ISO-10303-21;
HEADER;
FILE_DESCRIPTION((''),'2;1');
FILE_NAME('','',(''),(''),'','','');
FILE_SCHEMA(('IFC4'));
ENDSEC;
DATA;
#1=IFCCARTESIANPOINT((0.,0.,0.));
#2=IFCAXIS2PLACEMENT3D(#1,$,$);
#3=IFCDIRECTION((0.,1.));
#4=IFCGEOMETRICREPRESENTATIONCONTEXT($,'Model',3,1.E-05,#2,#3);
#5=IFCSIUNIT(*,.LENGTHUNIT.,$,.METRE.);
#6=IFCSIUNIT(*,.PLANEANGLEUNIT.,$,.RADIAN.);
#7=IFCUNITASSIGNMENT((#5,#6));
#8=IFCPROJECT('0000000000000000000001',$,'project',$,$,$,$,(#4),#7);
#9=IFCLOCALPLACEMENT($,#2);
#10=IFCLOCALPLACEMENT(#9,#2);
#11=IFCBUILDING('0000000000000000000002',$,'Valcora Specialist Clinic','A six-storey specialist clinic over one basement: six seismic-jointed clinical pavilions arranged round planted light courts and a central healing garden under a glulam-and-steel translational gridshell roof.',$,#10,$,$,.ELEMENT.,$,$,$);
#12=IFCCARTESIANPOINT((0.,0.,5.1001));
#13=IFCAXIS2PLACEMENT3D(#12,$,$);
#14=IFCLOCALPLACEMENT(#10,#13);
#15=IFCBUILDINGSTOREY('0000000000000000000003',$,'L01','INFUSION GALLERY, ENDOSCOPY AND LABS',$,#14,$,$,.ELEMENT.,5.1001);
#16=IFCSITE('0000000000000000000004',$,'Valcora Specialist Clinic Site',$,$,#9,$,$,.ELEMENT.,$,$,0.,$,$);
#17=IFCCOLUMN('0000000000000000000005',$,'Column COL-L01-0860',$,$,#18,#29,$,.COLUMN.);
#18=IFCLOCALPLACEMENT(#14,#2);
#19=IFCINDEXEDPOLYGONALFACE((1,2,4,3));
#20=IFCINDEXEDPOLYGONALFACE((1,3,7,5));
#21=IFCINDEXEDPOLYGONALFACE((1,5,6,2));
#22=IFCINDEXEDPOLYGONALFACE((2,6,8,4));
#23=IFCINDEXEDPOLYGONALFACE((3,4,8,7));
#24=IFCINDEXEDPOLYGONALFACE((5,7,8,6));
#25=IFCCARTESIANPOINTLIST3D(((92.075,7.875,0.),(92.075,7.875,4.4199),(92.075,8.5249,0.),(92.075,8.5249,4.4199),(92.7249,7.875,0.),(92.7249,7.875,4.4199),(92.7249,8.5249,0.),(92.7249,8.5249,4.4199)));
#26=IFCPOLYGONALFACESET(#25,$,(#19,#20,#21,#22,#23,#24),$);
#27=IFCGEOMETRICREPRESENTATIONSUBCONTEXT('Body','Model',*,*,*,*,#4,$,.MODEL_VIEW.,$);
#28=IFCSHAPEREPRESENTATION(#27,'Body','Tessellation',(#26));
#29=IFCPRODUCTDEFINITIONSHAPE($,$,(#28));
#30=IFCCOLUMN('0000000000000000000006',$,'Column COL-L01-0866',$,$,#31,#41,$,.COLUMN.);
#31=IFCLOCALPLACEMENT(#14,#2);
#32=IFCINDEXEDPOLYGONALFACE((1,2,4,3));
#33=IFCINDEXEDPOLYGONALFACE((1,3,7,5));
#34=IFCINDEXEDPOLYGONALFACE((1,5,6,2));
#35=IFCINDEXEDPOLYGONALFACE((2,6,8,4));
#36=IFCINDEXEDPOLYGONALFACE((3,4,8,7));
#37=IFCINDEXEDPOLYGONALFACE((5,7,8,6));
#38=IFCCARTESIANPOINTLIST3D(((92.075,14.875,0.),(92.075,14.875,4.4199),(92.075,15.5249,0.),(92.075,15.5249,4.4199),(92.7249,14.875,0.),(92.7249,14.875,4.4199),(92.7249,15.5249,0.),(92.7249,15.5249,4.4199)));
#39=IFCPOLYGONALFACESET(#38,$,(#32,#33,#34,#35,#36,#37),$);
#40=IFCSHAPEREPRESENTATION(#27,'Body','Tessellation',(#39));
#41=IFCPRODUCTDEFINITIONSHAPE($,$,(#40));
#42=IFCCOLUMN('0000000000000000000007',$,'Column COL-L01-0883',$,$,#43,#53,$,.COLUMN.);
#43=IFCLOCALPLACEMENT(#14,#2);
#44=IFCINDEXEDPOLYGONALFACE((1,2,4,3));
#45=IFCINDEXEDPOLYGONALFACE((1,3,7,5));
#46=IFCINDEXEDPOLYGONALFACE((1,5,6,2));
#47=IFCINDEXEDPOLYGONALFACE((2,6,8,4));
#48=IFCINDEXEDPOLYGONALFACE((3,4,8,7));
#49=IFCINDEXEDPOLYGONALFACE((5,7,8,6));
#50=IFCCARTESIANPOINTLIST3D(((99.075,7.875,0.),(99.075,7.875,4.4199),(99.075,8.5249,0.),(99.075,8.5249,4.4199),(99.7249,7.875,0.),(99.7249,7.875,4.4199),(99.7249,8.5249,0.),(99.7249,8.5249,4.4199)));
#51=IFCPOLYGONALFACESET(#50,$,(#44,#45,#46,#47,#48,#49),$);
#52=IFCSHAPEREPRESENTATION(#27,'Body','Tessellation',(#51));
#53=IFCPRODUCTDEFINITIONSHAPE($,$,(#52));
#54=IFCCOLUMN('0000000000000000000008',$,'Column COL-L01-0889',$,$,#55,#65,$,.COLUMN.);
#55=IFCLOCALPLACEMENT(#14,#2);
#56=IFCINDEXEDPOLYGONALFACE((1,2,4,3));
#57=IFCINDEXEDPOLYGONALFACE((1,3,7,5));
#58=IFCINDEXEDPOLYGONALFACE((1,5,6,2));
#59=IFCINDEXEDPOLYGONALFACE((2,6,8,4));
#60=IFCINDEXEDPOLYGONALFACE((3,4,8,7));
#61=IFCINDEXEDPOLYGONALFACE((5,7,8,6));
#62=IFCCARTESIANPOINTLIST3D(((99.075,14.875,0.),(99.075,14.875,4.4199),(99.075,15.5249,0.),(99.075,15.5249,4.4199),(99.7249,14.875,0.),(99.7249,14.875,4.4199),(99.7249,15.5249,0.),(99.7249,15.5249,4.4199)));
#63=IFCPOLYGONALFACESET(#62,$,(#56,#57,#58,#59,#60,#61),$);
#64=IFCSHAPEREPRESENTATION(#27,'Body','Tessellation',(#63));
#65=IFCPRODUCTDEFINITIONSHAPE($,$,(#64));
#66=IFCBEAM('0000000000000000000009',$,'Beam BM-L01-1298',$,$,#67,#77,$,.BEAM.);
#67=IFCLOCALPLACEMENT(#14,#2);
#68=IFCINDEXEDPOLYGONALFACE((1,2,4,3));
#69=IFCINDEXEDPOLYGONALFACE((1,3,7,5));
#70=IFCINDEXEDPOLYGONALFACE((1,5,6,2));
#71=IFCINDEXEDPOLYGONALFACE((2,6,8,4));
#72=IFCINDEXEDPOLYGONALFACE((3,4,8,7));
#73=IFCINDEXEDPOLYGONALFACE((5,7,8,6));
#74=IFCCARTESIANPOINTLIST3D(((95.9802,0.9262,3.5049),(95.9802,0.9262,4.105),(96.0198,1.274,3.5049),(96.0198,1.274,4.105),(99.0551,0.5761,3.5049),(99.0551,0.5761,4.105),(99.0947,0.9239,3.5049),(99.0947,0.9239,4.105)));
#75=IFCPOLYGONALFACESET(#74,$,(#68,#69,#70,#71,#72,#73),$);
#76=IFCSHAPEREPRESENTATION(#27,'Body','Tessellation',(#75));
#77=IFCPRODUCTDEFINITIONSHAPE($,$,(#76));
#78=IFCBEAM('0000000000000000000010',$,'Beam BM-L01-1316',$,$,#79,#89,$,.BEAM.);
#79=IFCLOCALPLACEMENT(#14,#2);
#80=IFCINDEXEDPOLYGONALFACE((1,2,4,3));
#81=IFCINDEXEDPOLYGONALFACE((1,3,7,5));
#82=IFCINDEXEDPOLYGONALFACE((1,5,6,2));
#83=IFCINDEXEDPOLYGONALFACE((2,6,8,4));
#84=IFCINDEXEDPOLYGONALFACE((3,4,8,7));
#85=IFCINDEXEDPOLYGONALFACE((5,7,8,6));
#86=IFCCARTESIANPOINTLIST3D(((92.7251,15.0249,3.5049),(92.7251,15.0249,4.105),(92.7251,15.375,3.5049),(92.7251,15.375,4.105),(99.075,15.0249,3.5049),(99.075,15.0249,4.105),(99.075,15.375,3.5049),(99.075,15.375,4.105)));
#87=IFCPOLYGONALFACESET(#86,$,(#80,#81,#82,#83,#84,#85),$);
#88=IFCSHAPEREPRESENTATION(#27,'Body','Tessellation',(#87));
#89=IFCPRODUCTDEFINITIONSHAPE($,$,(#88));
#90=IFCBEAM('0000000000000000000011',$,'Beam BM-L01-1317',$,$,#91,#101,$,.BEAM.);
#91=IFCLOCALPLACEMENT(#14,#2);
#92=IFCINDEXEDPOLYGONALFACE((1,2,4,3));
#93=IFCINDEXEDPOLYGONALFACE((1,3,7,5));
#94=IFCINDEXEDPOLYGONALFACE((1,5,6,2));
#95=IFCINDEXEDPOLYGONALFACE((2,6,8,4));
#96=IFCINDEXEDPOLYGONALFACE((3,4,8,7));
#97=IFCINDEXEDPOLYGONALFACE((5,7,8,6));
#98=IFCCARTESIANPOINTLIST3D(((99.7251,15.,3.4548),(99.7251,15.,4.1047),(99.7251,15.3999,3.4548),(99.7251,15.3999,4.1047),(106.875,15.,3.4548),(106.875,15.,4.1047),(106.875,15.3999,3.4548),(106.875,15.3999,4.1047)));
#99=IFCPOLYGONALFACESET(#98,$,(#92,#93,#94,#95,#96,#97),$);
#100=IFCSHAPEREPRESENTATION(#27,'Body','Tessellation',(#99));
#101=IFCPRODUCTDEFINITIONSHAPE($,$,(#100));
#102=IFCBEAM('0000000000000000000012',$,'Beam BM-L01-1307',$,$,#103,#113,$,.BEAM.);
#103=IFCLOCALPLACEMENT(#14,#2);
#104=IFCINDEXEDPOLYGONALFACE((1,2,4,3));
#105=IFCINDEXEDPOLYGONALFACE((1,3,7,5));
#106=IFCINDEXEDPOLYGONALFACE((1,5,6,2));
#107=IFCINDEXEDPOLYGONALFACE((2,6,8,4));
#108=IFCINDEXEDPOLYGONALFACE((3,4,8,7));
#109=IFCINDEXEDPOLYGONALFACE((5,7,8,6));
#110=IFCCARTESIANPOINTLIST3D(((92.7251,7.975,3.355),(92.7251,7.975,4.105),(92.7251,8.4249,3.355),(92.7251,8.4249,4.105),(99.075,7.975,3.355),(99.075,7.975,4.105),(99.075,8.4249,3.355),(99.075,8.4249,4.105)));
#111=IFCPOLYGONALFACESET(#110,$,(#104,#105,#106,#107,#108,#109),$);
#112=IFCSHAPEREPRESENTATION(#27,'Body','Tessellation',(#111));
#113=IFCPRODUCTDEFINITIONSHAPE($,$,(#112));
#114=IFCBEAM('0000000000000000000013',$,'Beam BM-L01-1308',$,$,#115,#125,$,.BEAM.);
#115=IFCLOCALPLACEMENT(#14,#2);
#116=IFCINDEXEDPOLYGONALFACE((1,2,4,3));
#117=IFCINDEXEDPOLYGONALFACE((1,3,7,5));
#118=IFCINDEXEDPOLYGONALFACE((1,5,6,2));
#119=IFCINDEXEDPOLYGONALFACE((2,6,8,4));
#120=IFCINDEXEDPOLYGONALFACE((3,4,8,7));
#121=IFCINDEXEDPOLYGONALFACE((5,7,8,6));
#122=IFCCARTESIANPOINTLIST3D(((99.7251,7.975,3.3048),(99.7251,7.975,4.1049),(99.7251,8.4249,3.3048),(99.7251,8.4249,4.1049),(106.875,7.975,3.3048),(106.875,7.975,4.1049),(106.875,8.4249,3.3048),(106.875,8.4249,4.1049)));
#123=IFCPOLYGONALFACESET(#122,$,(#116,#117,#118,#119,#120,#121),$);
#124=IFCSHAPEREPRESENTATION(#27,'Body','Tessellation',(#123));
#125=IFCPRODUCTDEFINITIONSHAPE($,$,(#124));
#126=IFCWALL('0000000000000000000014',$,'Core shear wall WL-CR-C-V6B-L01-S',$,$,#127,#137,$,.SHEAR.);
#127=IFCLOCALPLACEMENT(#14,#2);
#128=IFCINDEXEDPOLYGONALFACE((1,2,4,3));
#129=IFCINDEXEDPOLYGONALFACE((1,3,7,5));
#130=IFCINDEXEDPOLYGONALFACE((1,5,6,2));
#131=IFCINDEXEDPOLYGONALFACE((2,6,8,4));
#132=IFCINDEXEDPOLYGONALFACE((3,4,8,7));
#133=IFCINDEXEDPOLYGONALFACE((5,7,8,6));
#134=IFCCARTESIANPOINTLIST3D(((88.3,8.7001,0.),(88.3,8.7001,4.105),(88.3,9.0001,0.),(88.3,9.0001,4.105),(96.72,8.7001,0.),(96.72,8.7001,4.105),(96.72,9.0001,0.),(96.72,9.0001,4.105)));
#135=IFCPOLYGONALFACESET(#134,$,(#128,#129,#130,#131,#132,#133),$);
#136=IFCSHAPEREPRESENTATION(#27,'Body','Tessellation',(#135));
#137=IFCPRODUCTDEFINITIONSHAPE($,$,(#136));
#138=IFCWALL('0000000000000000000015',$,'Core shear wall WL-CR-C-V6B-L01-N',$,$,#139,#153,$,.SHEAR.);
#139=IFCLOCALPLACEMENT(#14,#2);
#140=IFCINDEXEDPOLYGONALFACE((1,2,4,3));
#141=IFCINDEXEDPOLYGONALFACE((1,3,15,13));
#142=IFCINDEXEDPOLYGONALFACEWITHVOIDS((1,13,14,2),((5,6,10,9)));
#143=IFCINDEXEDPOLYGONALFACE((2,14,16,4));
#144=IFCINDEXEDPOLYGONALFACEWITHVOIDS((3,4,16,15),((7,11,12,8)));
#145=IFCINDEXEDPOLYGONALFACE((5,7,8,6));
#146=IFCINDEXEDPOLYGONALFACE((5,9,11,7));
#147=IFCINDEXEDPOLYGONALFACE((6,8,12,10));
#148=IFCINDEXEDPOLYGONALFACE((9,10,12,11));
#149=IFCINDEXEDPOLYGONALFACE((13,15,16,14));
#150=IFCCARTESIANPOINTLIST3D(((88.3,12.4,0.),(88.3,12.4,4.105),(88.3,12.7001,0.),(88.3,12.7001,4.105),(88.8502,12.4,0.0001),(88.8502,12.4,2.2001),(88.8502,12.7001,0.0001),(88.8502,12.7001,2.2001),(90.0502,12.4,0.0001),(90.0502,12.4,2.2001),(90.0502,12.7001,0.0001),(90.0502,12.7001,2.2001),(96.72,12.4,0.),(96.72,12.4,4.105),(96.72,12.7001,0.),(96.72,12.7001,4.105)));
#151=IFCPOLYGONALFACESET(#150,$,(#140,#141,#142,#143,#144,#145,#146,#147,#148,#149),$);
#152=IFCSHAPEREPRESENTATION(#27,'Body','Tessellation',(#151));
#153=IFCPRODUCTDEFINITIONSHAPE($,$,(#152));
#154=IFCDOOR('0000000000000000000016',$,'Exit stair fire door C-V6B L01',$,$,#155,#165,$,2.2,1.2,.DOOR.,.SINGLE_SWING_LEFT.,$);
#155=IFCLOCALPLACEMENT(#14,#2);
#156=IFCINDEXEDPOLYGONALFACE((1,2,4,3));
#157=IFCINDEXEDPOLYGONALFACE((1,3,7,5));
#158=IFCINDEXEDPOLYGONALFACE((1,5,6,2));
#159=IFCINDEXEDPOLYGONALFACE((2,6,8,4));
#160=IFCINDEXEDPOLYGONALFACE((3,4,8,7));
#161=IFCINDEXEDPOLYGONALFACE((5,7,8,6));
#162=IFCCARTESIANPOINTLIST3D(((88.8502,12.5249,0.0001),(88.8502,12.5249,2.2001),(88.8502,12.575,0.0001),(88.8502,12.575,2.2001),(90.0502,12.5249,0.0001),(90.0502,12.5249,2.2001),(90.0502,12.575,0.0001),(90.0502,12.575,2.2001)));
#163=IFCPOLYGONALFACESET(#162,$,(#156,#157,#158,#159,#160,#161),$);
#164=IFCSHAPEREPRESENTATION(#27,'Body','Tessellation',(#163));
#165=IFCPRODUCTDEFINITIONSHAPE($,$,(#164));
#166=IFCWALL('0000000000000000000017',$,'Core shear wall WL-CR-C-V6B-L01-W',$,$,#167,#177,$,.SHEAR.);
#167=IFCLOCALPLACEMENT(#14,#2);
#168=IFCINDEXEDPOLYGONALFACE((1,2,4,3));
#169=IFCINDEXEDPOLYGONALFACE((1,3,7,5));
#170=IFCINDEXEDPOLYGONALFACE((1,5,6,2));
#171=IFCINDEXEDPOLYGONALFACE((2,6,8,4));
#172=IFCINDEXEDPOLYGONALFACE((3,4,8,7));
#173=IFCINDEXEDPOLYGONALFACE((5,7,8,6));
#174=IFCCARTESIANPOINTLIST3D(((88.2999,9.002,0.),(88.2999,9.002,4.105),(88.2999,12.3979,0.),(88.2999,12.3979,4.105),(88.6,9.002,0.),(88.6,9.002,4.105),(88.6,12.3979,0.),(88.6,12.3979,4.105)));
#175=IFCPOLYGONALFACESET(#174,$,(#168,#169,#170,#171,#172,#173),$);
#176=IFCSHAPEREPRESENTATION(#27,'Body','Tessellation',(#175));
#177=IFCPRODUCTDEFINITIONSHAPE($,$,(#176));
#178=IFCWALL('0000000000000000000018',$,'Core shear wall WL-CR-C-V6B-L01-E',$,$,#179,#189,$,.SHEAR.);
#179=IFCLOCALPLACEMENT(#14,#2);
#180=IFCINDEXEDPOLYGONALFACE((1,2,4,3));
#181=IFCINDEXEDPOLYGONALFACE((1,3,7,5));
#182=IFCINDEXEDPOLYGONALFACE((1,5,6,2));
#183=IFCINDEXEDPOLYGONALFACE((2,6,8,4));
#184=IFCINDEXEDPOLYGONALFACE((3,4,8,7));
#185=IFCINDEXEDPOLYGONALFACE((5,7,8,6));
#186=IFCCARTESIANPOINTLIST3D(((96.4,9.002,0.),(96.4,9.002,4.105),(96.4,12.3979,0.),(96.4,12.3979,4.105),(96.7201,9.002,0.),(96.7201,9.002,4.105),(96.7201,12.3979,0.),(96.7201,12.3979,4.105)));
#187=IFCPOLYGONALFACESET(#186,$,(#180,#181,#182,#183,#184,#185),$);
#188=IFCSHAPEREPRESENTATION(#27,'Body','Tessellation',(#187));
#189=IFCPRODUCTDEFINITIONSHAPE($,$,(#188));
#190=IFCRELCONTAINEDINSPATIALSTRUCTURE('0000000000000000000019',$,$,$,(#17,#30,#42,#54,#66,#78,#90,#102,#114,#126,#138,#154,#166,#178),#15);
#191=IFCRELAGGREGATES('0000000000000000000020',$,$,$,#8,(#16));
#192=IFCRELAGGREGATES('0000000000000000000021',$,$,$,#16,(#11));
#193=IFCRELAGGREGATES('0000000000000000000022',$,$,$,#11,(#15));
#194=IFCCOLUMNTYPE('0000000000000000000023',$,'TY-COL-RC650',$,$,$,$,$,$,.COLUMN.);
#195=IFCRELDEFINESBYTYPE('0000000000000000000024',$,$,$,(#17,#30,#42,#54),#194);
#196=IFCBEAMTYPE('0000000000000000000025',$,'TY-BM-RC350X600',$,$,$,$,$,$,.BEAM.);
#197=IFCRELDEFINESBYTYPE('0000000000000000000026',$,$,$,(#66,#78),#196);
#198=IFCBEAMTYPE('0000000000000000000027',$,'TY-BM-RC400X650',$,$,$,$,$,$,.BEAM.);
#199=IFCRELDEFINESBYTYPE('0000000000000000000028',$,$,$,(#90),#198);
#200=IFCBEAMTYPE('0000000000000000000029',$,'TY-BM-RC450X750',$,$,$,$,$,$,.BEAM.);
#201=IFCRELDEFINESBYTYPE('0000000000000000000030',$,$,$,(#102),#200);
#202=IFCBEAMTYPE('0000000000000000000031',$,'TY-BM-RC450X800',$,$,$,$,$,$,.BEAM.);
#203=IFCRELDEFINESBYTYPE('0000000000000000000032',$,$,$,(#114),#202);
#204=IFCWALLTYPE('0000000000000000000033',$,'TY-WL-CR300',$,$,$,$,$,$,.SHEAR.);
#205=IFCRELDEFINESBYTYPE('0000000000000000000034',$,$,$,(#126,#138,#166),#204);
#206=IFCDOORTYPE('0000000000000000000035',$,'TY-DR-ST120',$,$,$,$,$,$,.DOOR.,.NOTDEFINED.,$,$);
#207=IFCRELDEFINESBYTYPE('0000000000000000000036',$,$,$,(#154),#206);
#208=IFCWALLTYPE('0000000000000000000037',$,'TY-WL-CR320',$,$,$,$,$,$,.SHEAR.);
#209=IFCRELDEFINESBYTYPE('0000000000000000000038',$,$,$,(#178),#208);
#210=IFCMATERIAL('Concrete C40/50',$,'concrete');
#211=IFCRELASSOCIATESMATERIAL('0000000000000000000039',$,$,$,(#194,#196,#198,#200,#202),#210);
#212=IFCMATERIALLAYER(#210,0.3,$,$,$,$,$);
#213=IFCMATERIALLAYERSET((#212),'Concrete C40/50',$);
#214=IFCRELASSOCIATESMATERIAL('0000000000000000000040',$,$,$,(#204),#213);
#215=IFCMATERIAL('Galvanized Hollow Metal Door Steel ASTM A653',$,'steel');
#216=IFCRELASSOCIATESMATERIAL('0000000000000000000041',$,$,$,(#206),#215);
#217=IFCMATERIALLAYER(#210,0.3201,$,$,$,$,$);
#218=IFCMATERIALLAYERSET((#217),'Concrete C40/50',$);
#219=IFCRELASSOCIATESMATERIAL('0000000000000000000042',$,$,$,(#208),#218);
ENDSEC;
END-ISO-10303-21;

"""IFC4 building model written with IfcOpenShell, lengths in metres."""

from ifc_helpers import new_model, si_unit, direction, frame, frame_2d, origin, origin_2d, place, context, subcontext, project, spatial, rectangle, extrude, material, layer, layer_set, material_profile, profile_set, type_object, element, fill, save


model = new_model("IFC4")

# Units and contexts
model_context = context("Model", 3, precision=1e-05, world=origin(), true_north=direction((0.0, 1.0)))
body_context = subcontext(model_context, "Body", "Model", "MODEL_VIEW")
ifc_project = project(units=[si_unit("LENGTHUNIT", "METRE"), si_unit("PLANEANGLEUNIT", "RADIAN")], contexts=[model_context])

# Site, building, storey
site_placement = place(None, origin())
site = spatial("IfcSite", under=ifc_project, at=site_placement, Name="Valcora Specialist Clinic Site", CompositionType="ELEMENT", RefElevation=0.0)
building_placement = place(site_placement, origin())
building = spatial("IfcBuilding", under=site, at=building_placement, Name="Valcora Specialist Clinic", Description="A six-storey specialist clinic over one basement: six seismic-jointed clinical pavilions arranged round planted light courts and a central healing garden under a glulam-and-steel translational gridshell roof.", CompositionType="ELEMENT")
storey_placement = place(building_placement, frame((0.0, 0.0, 5.1001)))
storey = spatial("IfcBuildingStorey", under=building, at=storey_placement, Name="L01", Description="INFUSION GALLERY, ENDOSCOPY AND LABS", CompositionType="ELEMENT", Elevation=5.1001)

# Columns
ifc_material_1 = material(Name="Concrete C40/50", Category="concrete")
ifc_material_profile_1 = material_profile(ifc_material_1, rectangle(XDim=0.6499, YDim=0.6499, at=origin_2d()), Name="RC-COL-650X650")
ifc_profile_set_1 = profile_set([ifc_material_profile_1], Name="Concrete C40/50")
column_type = type_object("IfcColumnType", Name="TY-COL-RC650", PredefinedType="COLUMN", material=ifc_profile_set_1)
for number, where, z_axis, x_axis, name in (
    (1, (92.3999, 8.2, 0.0), (0.0, 0.0, 1.0), (1.0, 0.0, 0.0), "Column COL-L01-0860"),
    (2, (92.3999, 15.2, 0.0), (0.0, 0.0, 1.0), (1.0, 0.0, 0.0), "Column COL-L01-0866"),
    (3, (99.3999, 8.2, 0.0), (0.0, 0.0, 1.0), (1.0, 0.0, 0.0), "Column COL-L01-0883"),
    (4, (99.3999, 15.2, 0.0), (0.0, 0.0, 1.0), (1.0, 0.0, 0.0), "Column COL-L01-0889"),
):
    element("IfcColumn", number, at=place(storey_placement, frame(where, z_axis=z_axis, x_axis=x_axis)), inside=storey, type_object=column_type, Name=name, PredefinedType="COLUMN", context=body_context, shape_type="SweptSolid", body=[
        extrude(rectangle(XDim=0.6499, YDim=0.6499, at=origin_2d()), origin(), (0.0, 0.0, 1.0), 4.4199),
    ])

# Beams
ifc_material_profile_2 = material_profile(ifc_material_1, rectangle(XDim=0.3501, YDim=0.6001, at=origin_2d()), Name="RC-BM-350X600")
ifc_profile_set_2 = profile_set([ifc_material_profile_2], Name="Concrete C40/50")
beam_type_1 = type_object("IfcBeamType", Name="TY-BM-RC350X600", PredefinedType="BEAM", material=ifc_profile_set_2)
beam_1_placement = place(storey_placement, frame((96.0, 1.1001, 3.8049), z_axis=(0.993581, -0.113124, 0.0), x_axis=(0.113124, 0.993581, 0.0)))
element("IfcBeam", 5, at=beam_1_placement, inside=storey, type_object=beam_type_1, Name="Beam BM-L01-1298", PredefinedType="BEAM", context=body_context, shape_type="SweptSolid", body=[
    extrude(rectangle(XDim=0.3501, YDim=0.6001, at=origin_2d()), origin(), (0.0, 0.0, 1.0), 3.0947),
])
beam_2_placement = place(storey_placement, frame((92.7251, 15.2, 3.8049), z_axis=(1.0, 0.0, 0.0), x_axis=(0.0, 1.0, 0.0)))
element("IfcBeam", 6, at=beam_2_placement, inside=storey, type_object=beam_type_1, Name="Beam BM-L01-1316", PredefinedType="BEAM", context=body_context, shape_type="SweptSolid", body=[
    extrude(rectangle(XDim=0.3501, YDim=0.6001, at=origin_2d()), origin(), (0.0, 0.0, 1.0), 6.3499),
])
ifc_material_profile_3 = material_profile(ifc_material_1, rectangle(XDim=0.3999, YDim=0.6499, at=origin_2d()), Name="RC-BM-400X650")
ifc_profile_set_3 = profile_set([ifc_material_profile_3], Name="Concrete C40/50")
beam_type_2 = type_object("IfcBeamType", Name="TY-BM-RC400X650", PredefinedType="BEAM", material=ifc_profile_set_3)
beam_3_placement = place(storey_placement, frame((99.7251, 15.2, 3.7798), z_axis=(1.0, 0.0, 0.0), x_axis=(0.0, 1.0, 0.0)))
element("IfcBeam", 7, at=beam_3_placement, inside=storey, type_object=beam_type_2, Name="Beam BM-L01-1317", PredefinedType="BEAM", context=body_context, shape_type="SweptSolid", body=[
    extrude(rectangle(XDim=0.3999, YDim=0.6499, at=origin_2d()), origin(), (0.0, 0.0, 1.0), 7.1499),
])
ifc_material_profile_4 = material_profile(ifc_material_1, rectangle(XDim=0.45, YDim=0.75, at=origin_2d()), Name="RC-BM-450X750")
ifc_profile_set_4 = profile_set([ifc_material_profile_4], Name="Concrete C40/50")
beam_type_3 = type_object("IfcBeamType", Name="TY-BM-RC450X750", PredefinedType="BEAM", material=ifc_profile_set_4)
beam_4_placement = place(storey_placement, frame((92.7251, 8.2, 3.73), z_axis=(1.0, 0.0, 0.0), x_axis=(0.0, 1.0, 0.0)))
element("IfcBeam", 8, at=beam_4_placement, inside=storey, type_object=beam_type_3, Name="Beam BM-L01-1307", PredefinedType="BEAM", context=body_context, shape_type="SweptSolid", body=[
    extrude(rectangle(XDim=0.45, YDim=0.75, at=origin_2d()), origin(), (0.0, 0.0, 1.0), 6.3499),
])
ifc_material_profile_5 = material_profile(ifc_material_1, rectangle(XDim=0.45, YDim=0.8, at=origin_2d()), Name="RC-BM-450X800")
ifc_profile_set_5 = profile_set([ifc_material_profile_5], Name="Concrete C40/50")
beam_type_4 = type_object("IfcBeamType", Name="TY-BM-RC450X800", PredefinedType="BEAM", material=ifc_profile_set_5)
beam_5_placement = place(storey_placement, frame((99.7251, 8.2, 3.7048), z_axis=(1.0, 0.0, 0.0), x_axis=(0.0, 1.0, 0.0)))
element("IfcBeam", 9, at=beam_5_placement, inside=storey, type_object=beam_type_4, Name="Beam BM-L01-1308", PredefinedType="BEAM", context=body_context, shape_type="SweptSolid", body=[
    extrude(rectangle(XDim=0.45, YDim=0.8, at=origin_2d()), origin(), (0.0, 0.0, 1.0), 7.1499),
])

# Wall
ifc_layer_1 = layer(ifc_material_1, 0.3)
ifc_layer_set_1 = layer_set([ifc_layer_1], Name="Concrete C40/50")
wall_type_1 = type_object("IfcWallType", Name="TY-WL-CR300", PredefinedType="SHEAR", material=ifc_layer_set_1)
wall_1_placement = place(storey_placement, frame((88.3, 8.8501, 0.0), z_axis=(0.0, 0.0, 1.0), x_axis=(1.0, 0.0, 0.0)))
element("IfcWall", 10, at=wall_1_placement, inside=storey, type_object=wall_type_1, Name="Core shear wall WL-CR-C-V6B-L01-S", PredefinedType="SHEAR", context=body_context, shape_type="SweptSolid", body=[
    extrude(rectangle(XDim=8.4199, YDim=0.3, at=frame_2d((4.21, 0.0))), origin(), (0.0, 0.0, 1.0), 4.105),
])

# Wall, opening, door
wall_2_placement = place(storey_placement, frame((88.3, 12.55, 0.0), z_axis=(0.0, 0.0, 1.0), x_axis=(1.0, 0.0, 0.0)))
wall_2 = element("IfcWall", 11, at=wall_2_placement, inside=storey, type_object=wall_type_1, Name="Core shear wall WL-CR-C-V6B-L01-N", PredefinedType="SHEAR", context=body_context, shape_type="SweptSolid", body=[
    extrude(rectangle(XDim=8.4199, YDim=0.3, at=frame_2d((4.21, 0.0))), origin(), (0.0, 0.0, 1.0), 4.105),
])
opening_1_placement = place(wall_2_placement, frame((0.55, 0.0, 0.0)))
opening_1 = element("IfcOpeningElement", 12, at=opening_1_placement, cuts=wall_2, PredefinedType="OPENING", context=body_context, shape_type="SweptSolid", body=[
    extrude(rectangle(XDim=1.2, YDim=2.2, at=frame_2d((0.6001, 1.1001))), frame((0.0, 0.1599, 0.0), z_axis=(0.0, -1.0, 0.0), x_axis=(1.0, 0.0, 0.0)), (0.0, 0.0, 1.0), 0.3201),
])
ifc_material_2 = material(Name="Galvanized Hollow Metal Door Steel ASTM A653", Category="steel")
door_type_1 = type_object("IfcDoorType", Name="TY-DR-ST120", OperationType="NOTDEFINED", PredefinedType="DOOR", material=ifc_material_2)
door_1_placement = place(opening_1_placement, origin())
door_1 = element("IfcDoor", 13, at=door_1_placement, inside=storey, type_object=door_type_1, Name="Exit stair fire door C-V6B L01", OperationType="SINGLE_SWING_LEFT", OverallHeight=2.2, OverallWidth=1.2, PredefinedType="DOOR", context=body_context, shape_type="SweptSolid", body=[
    extrude(rectangle(XDim=1.2, YDim=2.2, at=frame_2d((0.6001, 1.1001))), frame((0.0, 0.0249, 0.0), z_axis=(0.0, -1.0, 0.0), x_axis=(1.0, 0.0, 0.0)), (0.0, 0.0, 1.0), 0.05),
])
fill(opening_1, door_1)

# Walls
wall_3_placement = place(storey_placement, frame((88.45, 9.002, 0.0), z_axis=(0.0, 0.0, 1.0), x_axis=(0.0, 1.0, 0.0)))
element("IfcWall", 14, at=wall_3_placement, inside=storey, type_object=wall_type_1, Name="Core shear wall WL-CR-C-V6B-L01-W", PredefinedType="SHEAR", context=body_context, shape_type="SweptSolid", body=[
    extrude(rectangle(XDim=3.396, YDim=0.3, at=frame_2d((1.698, 0.0))), origin(), (0.0, 0.0, 1.0), 4.105),
])
ifc_layer_2 = layer(ifc_material_1, 0.3201)
ifc_layer_set_2 = layer_set([ifc_layer_2], Name="Concrete C40/50")
wall_type_2 = type_object("IfcWallType", Name="TY-WL-CR320", PredefinedType="SHEAR", material=ifc_layer_set_2)
wall_4_placement = place(storey_placement, frame((96.5601, 9.002, 0.0), z_axis=(0.0, 0.0, 1.0), x_axis=(0.0, 1.0, 0.0)))
element("IfcWall", 15, at=wall_4_placement, inside=storey, type_object=wall_type_2, Name="Core shear wall WL-CR-C-V6B-L01-E", PredefinedType="SHEAR", context=body_context, shape_type="SweptSolid", body=[
    extrude(rectangle(XDim=3.396, YDim=0.3201, at=frame_2d((1.698, 0.0))), origin(), (0.0, 0.0, 1.0), 4.105),
])

save(model, "model.ifc")
